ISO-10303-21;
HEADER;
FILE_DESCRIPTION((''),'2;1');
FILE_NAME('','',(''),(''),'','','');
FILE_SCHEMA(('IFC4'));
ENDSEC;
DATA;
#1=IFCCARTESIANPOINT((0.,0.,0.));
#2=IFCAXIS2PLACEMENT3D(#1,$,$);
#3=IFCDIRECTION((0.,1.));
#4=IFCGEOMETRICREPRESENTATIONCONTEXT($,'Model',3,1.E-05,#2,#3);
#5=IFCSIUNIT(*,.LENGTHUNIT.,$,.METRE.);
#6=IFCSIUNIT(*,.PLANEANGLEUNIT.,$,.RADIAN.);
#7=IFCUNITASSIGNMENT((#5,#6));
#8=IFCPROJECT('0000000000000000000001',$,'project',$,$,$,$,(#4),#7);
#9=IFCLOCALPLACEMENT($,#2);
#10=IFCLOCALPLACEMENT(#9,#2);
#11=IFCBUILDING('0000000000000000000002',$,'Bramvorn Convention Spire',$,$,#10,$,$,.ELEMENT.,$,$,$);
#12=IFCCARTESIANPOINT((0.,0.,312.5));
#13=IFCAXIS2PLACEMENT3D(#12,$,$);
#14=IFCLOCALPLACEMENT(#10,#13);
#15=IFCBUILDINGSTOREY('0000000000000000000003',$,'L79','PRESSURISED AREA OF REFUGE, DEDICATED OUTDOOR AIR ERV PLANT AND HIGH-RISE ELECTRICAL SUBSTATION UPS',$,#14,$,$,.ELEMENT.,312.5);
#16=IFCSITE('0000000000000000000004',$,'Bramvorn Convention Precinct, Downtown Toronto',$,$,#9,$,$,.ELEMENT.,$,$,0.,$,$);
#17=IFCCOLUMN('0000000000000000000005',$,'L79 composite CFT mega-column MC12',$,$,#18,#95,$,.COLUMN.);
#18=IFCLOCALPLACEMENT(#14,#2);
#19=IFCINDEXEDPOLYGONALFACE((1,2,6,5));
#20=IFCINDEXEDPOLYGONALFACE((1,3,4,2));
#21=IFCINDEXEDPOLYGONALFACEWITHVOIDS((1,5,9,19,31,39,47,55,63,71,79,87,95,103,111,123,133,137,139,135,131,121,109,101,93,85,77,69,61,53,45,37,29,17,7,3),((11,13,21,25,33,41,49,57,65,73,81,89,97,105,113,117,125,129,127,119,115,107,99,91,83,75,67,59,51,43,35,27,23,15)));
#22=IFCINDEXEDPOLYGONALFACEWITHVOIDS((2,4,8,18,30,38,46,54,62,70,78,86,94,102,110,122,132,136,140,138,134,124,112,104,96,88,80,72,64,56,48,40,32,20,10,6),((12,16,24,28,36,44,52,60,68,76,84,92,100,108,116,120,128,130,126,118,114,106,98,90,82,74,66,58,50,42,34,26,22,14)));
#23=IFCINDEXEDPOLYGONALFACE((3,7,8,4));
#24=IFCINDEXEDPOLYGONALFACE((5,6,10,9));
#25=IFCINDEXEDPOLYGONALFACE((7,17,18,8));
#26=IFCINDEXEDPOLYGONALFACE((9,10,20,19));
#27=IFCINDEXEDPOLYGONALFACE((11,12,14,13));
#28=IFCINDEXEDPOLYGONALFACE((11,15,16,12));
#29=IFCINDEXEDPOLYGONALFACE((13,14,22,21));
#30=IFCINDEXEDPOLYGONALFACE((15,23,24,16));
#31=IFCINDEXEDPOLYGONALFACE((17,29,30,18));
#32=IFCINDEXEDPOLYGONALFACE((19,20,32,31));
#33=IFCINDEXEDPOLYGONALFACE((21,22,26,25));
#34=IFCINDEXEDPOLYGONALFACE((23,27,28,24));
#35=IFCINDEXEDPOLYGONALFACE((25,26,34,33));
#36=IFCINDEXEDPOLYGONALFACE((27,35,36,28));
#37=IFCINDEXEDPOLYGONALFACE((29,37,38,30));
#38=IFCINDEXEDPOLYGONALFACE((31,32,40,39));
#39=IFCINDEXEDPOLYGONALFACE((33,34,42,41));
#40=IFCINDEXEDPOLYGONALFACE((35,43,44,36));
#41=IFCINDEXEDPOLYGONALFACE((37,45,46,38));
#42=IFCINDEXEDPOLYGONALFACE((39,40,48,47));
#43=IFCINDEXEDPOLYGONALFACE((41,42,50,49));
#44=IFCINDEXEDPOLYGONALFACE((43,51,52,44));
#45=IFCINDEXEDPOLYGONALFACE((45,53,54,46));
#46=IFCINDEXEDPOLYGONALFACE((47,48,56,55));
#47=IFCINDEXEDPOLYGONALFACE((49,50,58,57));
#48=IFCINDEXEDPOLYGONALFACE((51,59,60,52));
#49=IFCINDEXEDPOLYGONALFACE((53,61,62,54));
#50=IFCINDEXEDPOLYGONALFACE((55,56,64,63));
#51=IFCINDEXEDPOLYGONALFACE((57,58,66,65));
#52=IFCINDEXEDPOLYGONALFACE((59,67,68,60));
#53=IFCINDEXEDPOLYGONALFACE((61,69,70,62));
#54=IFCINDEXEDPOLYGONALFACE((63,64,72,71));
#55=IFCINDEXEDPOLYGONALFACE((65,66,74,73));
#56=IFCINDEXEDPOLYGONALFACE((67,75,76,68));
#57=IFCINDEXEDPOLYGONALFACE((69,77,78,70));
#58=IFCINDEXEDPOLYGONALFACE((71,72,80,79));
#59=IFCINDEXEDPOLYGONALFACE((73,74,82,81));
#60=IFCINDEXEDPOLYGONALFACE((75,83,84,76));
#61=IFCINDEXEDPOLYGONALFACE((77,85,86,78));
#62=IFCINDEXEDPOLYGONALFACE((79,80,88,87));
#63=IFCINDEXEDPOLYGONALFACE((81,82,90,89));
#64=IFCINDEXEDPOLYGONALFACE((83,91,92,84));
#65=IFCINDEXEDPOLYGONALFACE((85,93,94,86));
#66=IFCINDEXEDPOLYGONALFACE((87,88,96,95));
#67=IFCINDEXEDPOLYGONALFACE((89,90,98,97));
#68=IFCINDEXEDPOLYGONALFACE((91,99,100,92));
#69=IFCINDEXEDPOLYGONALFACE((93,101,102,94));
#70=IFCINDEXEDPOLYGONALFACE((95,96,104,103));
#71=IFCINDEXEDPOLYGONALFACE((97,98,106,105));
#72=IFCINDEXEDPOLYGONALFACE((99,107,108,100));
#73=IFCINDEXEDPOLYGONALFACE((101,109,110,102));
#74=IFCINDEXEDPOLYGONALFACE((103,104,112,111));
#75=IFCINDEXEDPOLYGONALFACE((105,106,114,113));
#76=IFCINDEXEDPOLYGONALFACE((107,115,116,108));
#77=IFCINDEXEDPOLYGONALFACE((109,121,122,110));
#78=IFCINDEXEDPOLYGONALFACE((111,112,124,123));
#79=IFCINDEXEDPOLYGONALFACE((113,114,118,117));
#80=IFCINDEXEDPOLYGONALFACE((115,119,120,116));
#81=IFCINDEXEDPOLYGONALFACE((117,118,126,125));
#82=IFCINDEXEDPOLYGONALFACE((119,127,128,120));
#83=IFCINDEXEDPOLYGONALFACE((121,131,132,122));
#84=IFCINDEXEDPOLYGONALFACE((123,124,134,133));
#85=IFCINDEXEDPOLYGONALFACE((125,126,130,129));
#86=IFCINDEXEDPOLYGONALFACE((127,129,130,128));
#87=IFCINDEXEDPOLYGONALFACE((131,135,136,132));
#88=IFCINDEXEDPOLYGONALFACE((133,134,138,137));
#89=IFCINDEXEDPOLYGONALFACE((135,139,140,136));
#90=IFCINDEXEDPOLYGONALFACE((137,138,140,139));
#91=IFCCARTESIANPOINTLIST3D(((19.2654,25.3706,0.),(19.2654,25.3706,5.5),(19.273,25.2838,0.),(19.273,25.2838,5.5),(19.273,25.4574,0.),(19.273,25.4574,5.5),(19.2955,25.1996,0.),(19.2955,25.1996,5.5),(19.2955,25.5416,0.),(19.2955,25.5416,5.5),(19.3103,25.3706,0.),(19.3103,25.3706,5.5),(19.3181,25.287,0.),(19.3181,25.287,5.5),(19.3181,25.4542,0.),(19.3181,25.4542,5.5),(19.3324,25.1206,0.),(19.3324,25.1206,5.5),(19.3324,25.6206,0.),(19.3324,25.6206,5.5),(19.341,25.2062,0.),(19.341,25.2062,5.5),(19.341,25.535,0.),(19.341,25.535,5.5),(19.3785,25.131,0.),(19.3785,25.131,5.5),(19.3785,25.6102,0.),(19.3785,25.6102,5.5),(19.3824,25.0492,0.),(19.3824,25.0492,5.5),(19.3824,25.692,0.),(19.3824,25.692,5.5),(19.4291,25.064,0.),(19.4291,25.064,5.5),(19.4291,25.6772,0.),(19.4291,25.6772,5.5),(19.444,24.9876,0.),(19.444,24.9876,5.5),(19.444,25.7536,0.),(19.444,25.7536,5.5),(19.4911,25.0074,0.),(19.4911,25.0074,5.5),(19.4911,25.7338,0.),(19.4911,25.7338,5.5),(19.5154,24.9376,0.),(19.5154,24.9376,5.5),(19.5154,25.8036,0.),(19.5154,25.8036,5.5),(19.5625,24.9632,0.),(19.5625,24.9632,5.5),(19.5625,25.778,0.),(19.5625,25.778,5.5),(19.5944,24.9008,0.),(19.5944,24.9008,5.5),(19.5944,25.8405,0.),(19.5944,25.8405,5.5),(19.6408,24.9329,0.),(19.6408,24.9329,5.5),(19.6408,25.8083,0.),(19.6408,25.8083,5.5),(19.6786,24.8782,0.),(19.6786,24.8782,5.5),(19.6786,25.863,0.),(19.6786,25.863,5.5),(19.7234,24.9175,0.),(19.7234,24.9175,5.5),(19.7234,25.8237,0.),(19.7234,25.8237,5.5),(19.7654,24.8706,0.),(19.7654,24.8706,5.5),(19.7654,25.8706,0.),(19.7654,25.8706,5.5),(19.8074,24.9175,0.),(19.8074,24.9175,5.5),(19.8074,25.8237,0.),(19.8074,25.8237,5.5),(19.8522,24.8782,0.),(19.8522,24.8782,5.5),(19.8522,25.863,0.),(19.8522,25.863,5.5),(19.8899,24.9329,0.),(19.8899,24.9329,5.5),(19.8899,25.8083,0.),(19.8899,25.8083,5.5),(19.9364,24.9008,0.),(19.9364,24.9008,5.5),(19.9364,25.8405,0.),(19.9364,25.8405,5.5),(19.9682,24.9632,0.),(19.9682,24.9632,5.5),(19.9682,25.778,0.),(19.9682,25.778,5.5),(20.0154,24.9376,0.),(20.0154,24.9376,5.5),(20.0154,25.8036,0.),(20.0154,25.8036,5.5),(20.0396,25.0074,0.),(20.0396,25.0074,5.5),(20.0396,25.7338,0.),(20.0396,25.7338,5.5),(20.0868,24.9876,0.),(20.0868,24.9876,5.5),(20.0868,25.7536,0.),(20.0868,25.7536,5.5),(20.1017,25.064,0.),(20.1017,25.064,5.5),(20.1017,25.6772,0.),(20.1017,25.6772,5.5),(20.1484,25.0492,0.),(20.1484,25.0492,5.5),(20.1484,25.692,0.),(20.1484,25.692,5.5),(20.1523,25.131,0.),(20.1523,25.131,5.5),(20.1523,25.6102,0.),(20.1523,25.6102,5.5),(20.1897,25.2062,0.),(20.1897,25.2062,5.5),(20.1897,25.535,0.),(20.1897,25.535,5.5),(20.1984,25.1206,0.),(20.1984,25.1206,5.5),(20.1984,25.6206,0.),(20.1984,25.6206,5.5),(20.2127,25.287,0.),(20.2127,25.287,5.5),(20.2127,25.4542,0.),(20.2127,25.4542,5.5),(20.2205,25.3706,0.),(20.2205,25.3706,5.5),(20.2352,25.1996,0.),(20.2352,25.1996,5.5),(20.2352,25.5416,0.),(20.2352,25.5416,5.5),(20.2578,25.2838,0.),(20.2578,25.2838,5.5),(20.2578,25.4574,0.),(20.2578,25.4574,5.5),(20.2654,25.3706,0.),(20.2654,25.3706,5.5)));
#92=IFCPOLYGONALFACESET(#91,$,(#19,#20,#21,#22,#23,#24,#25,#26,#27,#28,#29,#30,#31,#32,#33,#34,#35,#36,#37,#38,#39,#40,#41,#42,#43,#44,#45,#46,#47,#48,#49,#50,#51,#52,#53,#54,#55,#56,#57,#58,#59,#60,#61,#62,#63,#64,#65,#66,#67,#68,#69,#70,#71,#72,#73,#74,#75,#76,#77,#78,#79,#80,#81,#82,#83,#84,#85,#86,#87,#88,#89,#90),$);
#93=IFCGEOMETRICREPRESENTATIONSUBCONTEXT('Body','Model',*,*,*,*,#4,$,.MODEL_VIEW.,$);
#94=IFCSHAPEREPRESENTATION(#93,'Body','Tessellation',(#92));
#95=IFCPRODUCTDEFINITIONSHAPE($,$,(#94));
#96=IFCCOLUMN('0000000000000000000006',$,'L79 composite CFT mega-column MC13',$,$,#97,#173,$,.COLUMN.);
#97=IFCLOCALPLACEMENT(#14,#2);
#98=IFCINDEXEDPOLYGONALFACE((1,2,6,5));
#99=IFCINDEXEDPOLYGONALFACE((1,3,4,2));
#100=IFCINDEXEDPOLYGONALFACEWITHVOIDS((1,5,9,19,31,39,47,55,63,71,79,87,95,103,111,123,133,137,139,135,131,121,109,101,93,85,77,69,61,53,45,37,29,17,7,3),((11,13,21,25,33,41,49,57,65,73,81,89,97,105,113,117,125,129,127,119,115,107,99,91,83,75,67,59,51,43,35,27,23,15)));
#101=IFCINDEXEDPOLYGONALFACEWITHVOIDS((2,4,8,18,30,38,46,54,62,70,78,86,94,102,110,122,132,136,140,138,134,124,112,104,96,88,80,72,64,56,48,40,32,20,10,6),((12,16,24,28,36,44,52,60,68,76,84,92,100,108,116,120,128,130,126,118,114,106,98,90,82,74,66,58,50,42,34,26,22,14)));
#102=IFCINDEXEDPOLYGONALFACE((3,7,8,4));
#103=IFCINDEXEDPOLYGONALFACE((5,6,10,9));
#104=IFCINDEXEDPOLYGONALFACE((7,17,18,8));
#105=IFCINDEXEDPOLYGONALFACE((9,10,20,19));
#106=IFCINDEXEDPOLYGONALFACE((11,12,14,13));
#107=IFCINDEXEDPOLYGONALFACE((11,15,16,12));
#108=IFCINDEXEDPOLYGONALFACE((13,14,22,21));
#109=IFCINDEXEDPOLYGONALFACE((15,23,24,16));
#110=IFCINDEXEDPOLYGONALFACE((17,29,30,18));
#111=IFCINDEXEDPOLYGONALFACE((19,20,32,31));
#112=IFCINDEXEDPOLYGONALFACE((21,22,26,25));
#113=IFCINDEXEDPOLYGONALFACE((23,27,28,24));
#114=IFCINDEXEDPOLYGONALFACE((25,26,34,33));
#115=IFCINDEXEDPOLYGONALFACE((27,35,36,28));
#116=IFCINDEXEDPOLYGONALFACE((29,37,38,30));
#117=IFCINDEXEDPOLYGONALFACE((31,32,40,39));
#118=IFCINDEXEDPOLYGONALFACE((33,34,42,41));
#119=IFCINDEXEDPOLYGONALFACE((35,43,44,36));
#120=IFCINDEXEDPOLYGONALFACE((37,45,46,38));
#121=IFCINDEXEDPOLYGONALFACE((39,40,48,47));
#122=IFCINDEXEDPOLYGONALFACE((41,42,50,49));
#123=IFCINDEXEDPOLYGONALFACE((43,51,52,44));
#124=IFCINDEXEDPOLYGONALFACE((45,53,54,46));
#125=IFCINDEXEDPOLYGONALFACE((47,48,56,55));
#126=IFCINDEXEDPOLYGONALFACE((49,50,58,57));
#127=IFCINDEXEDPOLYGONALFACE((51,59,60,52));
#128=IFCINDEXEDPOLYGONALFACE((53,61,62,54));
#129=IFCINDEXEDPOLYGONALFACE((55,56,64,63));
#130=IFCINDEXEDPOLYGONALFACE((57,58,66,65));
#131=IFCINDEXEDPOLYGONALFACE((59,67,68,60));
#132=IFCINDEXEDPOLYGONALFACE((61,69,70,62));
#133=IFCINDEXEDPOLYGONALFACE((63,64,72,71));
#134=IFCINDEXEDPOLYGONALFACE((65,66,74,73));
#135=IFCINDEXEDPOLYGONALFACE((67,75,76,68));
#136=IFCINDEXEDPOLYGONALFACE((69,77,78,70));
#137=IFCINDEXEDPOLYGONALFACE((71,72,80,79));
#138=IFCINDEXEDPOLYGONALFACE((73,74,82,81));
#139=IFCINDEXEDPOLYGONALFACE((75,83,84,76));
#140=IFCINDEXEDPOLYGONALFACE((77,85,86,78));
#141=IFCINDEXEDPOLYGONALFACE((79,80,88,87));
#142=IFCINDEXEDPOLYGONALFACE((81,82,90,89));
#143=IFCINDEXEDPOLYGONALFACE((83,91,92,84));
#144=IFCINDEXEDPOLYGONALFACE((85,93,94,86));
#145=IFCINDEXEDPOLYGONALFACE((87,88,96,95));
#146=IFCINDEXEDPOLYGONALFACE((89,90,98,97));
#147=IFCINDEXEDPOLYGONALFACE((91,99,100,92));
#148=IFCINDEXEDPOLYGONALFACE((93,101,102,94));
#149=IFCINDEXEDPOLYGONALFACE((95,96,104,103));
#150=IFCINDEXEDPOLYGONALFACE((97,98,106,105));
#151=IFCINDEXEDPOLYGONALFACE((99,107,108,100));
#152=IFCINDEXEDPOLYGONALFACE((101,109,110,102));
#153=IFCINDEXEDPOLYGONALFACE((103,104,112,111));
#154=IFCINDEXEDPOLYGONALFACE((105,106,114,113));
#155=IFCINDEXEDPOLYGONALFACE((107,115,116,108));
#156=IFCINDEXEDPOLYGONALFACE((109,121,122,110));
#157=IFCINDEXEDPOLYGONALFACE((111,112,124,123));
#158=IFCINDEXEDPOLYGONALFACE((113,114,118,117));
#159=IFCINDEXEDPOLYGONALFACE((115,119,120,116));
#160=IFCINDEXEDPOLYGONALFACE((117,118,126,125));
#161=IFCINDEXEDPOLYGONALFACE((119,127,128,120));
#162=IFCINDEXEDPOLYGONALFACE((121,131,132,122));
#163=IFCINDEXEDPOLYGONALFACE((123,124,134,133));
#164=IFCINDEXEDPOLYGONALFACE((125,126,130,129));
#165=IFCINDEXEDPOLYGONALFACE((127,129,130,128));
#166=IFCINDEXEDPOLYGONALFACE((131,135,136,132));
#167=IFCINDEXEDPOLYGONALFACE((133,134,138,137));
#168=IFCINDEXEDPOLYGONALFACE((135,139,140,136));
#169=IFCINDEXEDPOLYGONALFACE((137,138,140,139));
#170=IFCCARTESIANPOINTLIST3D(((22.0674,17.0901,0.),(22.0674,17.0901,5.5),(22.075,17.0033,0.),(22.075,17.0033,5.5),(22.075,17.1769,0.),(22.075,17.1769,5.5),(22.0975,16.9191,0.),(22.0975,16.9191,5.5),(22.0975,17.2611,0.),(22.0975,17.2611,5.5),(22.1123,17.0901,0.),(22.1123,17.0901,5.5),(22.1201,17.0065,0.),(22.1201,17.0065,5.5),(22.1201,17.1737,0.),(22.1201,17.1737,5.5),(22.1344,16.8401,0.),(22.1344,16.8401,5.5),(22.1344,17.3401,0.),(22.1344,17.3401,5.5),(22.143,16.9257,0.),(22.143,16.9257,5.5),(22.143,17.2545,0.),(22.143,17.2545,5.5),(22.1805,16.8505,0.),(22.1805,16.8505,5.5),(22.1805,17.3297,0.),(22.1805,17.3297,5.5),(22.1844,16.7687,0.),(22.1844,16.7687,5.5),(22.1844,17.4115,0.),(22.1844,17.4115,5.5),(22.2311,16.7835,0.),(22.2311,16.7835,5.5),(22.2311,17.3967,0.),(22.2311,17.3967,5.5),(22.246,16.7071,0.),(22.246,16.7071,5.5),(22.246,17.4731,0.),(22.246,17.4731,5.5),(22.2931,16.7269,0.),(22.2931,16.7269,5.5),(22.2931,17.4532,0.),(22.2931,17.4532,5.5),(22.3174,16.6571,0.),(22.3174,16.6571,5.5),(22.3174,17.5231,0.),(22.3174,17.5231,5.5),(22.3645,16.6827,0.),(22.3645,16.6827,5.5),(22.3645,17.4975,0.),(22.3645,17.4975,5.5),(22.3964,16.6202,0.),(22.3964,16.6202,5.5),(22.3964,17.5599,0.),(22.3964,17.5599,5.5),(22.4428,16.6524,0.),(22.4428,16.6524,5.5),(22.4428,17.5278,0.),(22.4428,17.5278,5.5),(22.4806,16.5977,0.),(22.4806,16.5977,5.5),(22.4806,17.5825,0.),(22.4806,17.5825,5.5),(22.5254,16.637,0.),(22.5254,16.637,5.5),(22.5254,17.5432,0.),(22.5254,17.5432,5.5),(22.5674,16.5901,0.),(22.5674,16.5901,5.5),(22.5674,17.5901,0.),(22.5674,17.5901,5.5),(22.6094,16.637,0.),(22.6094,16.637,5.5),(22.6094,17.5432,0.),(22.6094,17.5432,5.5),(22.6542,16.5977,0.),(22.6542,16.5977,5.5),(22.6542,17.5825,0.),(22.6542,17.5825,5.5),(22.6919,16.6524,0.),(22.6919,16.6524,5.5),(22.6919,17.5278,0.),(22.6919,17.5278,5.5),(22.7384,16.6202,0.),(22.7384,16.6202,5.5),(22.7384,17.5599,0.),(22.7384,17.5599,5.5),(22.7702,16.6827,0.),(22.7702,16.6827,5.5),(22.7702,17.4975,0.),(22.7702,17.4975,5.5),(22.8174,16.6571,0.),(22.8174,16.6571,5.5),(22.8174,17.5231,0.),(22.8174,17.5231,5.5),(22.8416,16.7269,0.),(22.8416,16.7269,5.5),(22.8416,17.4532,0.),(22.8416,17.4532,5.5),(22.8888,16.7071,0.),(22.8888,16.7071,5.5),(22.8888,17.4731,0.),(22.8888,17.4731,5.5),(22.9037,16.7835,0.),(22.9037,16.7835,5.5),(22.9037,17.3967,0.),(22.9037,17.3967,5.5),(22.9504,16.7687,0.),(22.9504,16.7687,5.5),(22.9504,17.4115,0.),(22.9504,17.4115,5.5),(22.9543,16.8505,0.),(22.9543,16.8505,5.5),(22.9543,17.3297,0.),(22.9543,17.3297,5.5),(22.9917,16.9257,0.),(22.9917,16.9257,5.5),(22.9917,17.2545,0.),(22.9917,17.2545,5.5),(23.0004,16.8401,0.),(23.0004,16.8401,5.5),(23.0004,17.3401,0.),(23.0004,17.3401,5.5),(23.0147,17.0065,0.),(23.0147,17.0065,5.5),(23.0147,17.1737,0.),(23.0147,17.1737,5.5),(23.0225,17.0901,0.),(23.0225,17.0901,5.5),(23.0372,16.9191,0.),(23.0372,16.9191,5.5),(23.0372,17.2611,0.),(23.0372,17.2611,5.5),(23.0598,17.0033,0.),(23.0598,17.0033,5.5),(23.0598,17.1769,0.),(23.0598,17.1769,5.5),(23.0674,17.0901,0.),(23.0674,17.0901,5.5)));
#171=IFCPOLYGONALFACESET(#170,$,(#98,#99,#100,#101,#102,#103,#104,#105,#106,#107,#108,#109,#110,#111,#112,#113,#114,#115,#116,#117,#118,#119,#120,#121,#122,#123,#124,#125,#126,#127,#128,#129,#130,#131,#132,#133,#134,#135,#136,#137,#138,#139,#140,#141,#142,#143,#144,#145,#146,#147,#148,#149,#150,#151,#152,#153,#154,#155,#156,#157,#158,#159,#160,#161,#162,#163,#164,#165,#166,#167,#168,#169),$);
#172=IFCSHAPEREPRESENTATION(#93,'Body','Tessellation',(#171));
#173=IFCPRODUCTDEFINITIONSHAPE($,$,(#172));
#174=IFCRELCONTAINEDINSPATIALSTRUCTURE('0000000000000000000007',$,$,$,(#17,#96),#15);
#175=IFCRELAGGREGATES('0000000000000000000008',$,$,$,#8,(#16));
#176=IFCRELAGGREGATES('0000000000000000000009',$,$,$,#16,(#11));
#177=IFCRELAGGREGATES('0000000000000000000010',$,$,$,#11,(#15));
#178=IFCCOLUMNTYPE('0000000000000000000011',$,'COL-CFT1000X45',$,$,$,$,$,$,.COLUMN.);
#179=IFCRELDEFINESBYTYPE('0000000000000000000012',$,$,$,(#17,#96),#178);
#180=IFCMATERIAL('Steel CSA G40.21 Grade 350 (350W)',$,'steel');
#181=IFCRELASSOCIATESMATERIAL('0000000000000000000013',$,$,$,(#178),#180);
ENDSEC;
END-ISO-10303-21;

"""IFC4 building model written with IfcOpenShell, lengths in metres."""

from ifc_helpers import new_model, si_unit, direction, frame, origin, origin_2d, place, context, subcontext, project, spatial, hollow_circle, extrude, material, material_profile, profile_set, type_object, element, save


model = new_model("IFC4")

# Units and contexts
model_context = context("Model", 3, precision=1e-05, world=origin(), true_north=direction((0.0, 1.0)))
body_context = subcontext(model_context, "Body", "Model", "MODEL_VIEW")
ifc_project = project(units=[si_unit("LENGTHUNIT", "METRE"), si_unit("PLANEANGLEUNIT", "RADIAN")], contexts=[model_context])

# Site, building, storey
site_placement = place(None, origin())
site = spatial("IfcSite", under=ifc_project, at=site_placement, Name="Bramvorn Convention Precinct, Downtown Toronto", CompositionType="ELEMENT", RefElevation=0.0)
building_placement = place(site_placement, origin())
building = spatial("IfcBuilding", under=site, at=building_placement, Name="Bramvorn Convention Spire", CompositionType="ELEMENT")
storey_placement = place(building_placement, frame((0.0, 0.0, 312.5)))
storey = spatial("IfcBuildingStorey", under=building, at=storey_placement, Name="L79", Description="PRESSURISED AREA OF REFUGE, DEDICATED OUTDOOR AIR ERV PLANT AND HIGH-RISE ELECTRICAL SUBSTATION UPS", CompositionType="ELEMENT", Elevation=312.5)

# Columns
ifc_material_1 = material(Name="Steel CSA G40.21 Grade 350 (350W)", Category="steel")
ifc_material_profile_1 = material_profile(ifc_material_1, hollow_circle(Radius=0.5, WallThickness=0.0449, at=origin_2d()))
ifc_profile_set_1 = profile_set([ifc_material_profile_1], Name="Steel CSA G40.21 Grade 350 (350W) - CFT1000X45")
column_type = type_object("IfcColumnType", Name="COL-CFT1000X45", PredefinedType="COLUMN", material=ifc_profile_set_1)
for number, where, z_axis, x_axis, name in (
    (1, (19.7654, 25.3706, 0.0), (0.0, 0.0, 1.0), (1.0, 0.0, 0.0), "L79 composite CFT mega-column MC12"),
    (2, (22.5674, 17.0901, 0.0), (0.0, 0.0, 1.0), (1.0, 0.0, 0.0), "L79 composite CFT mega-column MC13"),
):
    element("IfcColumn", number, at=place(storey_placement, frame(where, z_axis=z_axis, x_axis=x_axis)), inside=storey, type_object=column_type, Name=name, PredefinedType="COLUMN", context=body_context, shape_type="SweptSolid", body=[
        extrude(hollow_circle(Radius=0.5, WallThickness=0.0449, at=origin_2d()), origin(), (0.0, 0.0, 1.0), 5.5),
    ])

save(model, "model.ifc")
